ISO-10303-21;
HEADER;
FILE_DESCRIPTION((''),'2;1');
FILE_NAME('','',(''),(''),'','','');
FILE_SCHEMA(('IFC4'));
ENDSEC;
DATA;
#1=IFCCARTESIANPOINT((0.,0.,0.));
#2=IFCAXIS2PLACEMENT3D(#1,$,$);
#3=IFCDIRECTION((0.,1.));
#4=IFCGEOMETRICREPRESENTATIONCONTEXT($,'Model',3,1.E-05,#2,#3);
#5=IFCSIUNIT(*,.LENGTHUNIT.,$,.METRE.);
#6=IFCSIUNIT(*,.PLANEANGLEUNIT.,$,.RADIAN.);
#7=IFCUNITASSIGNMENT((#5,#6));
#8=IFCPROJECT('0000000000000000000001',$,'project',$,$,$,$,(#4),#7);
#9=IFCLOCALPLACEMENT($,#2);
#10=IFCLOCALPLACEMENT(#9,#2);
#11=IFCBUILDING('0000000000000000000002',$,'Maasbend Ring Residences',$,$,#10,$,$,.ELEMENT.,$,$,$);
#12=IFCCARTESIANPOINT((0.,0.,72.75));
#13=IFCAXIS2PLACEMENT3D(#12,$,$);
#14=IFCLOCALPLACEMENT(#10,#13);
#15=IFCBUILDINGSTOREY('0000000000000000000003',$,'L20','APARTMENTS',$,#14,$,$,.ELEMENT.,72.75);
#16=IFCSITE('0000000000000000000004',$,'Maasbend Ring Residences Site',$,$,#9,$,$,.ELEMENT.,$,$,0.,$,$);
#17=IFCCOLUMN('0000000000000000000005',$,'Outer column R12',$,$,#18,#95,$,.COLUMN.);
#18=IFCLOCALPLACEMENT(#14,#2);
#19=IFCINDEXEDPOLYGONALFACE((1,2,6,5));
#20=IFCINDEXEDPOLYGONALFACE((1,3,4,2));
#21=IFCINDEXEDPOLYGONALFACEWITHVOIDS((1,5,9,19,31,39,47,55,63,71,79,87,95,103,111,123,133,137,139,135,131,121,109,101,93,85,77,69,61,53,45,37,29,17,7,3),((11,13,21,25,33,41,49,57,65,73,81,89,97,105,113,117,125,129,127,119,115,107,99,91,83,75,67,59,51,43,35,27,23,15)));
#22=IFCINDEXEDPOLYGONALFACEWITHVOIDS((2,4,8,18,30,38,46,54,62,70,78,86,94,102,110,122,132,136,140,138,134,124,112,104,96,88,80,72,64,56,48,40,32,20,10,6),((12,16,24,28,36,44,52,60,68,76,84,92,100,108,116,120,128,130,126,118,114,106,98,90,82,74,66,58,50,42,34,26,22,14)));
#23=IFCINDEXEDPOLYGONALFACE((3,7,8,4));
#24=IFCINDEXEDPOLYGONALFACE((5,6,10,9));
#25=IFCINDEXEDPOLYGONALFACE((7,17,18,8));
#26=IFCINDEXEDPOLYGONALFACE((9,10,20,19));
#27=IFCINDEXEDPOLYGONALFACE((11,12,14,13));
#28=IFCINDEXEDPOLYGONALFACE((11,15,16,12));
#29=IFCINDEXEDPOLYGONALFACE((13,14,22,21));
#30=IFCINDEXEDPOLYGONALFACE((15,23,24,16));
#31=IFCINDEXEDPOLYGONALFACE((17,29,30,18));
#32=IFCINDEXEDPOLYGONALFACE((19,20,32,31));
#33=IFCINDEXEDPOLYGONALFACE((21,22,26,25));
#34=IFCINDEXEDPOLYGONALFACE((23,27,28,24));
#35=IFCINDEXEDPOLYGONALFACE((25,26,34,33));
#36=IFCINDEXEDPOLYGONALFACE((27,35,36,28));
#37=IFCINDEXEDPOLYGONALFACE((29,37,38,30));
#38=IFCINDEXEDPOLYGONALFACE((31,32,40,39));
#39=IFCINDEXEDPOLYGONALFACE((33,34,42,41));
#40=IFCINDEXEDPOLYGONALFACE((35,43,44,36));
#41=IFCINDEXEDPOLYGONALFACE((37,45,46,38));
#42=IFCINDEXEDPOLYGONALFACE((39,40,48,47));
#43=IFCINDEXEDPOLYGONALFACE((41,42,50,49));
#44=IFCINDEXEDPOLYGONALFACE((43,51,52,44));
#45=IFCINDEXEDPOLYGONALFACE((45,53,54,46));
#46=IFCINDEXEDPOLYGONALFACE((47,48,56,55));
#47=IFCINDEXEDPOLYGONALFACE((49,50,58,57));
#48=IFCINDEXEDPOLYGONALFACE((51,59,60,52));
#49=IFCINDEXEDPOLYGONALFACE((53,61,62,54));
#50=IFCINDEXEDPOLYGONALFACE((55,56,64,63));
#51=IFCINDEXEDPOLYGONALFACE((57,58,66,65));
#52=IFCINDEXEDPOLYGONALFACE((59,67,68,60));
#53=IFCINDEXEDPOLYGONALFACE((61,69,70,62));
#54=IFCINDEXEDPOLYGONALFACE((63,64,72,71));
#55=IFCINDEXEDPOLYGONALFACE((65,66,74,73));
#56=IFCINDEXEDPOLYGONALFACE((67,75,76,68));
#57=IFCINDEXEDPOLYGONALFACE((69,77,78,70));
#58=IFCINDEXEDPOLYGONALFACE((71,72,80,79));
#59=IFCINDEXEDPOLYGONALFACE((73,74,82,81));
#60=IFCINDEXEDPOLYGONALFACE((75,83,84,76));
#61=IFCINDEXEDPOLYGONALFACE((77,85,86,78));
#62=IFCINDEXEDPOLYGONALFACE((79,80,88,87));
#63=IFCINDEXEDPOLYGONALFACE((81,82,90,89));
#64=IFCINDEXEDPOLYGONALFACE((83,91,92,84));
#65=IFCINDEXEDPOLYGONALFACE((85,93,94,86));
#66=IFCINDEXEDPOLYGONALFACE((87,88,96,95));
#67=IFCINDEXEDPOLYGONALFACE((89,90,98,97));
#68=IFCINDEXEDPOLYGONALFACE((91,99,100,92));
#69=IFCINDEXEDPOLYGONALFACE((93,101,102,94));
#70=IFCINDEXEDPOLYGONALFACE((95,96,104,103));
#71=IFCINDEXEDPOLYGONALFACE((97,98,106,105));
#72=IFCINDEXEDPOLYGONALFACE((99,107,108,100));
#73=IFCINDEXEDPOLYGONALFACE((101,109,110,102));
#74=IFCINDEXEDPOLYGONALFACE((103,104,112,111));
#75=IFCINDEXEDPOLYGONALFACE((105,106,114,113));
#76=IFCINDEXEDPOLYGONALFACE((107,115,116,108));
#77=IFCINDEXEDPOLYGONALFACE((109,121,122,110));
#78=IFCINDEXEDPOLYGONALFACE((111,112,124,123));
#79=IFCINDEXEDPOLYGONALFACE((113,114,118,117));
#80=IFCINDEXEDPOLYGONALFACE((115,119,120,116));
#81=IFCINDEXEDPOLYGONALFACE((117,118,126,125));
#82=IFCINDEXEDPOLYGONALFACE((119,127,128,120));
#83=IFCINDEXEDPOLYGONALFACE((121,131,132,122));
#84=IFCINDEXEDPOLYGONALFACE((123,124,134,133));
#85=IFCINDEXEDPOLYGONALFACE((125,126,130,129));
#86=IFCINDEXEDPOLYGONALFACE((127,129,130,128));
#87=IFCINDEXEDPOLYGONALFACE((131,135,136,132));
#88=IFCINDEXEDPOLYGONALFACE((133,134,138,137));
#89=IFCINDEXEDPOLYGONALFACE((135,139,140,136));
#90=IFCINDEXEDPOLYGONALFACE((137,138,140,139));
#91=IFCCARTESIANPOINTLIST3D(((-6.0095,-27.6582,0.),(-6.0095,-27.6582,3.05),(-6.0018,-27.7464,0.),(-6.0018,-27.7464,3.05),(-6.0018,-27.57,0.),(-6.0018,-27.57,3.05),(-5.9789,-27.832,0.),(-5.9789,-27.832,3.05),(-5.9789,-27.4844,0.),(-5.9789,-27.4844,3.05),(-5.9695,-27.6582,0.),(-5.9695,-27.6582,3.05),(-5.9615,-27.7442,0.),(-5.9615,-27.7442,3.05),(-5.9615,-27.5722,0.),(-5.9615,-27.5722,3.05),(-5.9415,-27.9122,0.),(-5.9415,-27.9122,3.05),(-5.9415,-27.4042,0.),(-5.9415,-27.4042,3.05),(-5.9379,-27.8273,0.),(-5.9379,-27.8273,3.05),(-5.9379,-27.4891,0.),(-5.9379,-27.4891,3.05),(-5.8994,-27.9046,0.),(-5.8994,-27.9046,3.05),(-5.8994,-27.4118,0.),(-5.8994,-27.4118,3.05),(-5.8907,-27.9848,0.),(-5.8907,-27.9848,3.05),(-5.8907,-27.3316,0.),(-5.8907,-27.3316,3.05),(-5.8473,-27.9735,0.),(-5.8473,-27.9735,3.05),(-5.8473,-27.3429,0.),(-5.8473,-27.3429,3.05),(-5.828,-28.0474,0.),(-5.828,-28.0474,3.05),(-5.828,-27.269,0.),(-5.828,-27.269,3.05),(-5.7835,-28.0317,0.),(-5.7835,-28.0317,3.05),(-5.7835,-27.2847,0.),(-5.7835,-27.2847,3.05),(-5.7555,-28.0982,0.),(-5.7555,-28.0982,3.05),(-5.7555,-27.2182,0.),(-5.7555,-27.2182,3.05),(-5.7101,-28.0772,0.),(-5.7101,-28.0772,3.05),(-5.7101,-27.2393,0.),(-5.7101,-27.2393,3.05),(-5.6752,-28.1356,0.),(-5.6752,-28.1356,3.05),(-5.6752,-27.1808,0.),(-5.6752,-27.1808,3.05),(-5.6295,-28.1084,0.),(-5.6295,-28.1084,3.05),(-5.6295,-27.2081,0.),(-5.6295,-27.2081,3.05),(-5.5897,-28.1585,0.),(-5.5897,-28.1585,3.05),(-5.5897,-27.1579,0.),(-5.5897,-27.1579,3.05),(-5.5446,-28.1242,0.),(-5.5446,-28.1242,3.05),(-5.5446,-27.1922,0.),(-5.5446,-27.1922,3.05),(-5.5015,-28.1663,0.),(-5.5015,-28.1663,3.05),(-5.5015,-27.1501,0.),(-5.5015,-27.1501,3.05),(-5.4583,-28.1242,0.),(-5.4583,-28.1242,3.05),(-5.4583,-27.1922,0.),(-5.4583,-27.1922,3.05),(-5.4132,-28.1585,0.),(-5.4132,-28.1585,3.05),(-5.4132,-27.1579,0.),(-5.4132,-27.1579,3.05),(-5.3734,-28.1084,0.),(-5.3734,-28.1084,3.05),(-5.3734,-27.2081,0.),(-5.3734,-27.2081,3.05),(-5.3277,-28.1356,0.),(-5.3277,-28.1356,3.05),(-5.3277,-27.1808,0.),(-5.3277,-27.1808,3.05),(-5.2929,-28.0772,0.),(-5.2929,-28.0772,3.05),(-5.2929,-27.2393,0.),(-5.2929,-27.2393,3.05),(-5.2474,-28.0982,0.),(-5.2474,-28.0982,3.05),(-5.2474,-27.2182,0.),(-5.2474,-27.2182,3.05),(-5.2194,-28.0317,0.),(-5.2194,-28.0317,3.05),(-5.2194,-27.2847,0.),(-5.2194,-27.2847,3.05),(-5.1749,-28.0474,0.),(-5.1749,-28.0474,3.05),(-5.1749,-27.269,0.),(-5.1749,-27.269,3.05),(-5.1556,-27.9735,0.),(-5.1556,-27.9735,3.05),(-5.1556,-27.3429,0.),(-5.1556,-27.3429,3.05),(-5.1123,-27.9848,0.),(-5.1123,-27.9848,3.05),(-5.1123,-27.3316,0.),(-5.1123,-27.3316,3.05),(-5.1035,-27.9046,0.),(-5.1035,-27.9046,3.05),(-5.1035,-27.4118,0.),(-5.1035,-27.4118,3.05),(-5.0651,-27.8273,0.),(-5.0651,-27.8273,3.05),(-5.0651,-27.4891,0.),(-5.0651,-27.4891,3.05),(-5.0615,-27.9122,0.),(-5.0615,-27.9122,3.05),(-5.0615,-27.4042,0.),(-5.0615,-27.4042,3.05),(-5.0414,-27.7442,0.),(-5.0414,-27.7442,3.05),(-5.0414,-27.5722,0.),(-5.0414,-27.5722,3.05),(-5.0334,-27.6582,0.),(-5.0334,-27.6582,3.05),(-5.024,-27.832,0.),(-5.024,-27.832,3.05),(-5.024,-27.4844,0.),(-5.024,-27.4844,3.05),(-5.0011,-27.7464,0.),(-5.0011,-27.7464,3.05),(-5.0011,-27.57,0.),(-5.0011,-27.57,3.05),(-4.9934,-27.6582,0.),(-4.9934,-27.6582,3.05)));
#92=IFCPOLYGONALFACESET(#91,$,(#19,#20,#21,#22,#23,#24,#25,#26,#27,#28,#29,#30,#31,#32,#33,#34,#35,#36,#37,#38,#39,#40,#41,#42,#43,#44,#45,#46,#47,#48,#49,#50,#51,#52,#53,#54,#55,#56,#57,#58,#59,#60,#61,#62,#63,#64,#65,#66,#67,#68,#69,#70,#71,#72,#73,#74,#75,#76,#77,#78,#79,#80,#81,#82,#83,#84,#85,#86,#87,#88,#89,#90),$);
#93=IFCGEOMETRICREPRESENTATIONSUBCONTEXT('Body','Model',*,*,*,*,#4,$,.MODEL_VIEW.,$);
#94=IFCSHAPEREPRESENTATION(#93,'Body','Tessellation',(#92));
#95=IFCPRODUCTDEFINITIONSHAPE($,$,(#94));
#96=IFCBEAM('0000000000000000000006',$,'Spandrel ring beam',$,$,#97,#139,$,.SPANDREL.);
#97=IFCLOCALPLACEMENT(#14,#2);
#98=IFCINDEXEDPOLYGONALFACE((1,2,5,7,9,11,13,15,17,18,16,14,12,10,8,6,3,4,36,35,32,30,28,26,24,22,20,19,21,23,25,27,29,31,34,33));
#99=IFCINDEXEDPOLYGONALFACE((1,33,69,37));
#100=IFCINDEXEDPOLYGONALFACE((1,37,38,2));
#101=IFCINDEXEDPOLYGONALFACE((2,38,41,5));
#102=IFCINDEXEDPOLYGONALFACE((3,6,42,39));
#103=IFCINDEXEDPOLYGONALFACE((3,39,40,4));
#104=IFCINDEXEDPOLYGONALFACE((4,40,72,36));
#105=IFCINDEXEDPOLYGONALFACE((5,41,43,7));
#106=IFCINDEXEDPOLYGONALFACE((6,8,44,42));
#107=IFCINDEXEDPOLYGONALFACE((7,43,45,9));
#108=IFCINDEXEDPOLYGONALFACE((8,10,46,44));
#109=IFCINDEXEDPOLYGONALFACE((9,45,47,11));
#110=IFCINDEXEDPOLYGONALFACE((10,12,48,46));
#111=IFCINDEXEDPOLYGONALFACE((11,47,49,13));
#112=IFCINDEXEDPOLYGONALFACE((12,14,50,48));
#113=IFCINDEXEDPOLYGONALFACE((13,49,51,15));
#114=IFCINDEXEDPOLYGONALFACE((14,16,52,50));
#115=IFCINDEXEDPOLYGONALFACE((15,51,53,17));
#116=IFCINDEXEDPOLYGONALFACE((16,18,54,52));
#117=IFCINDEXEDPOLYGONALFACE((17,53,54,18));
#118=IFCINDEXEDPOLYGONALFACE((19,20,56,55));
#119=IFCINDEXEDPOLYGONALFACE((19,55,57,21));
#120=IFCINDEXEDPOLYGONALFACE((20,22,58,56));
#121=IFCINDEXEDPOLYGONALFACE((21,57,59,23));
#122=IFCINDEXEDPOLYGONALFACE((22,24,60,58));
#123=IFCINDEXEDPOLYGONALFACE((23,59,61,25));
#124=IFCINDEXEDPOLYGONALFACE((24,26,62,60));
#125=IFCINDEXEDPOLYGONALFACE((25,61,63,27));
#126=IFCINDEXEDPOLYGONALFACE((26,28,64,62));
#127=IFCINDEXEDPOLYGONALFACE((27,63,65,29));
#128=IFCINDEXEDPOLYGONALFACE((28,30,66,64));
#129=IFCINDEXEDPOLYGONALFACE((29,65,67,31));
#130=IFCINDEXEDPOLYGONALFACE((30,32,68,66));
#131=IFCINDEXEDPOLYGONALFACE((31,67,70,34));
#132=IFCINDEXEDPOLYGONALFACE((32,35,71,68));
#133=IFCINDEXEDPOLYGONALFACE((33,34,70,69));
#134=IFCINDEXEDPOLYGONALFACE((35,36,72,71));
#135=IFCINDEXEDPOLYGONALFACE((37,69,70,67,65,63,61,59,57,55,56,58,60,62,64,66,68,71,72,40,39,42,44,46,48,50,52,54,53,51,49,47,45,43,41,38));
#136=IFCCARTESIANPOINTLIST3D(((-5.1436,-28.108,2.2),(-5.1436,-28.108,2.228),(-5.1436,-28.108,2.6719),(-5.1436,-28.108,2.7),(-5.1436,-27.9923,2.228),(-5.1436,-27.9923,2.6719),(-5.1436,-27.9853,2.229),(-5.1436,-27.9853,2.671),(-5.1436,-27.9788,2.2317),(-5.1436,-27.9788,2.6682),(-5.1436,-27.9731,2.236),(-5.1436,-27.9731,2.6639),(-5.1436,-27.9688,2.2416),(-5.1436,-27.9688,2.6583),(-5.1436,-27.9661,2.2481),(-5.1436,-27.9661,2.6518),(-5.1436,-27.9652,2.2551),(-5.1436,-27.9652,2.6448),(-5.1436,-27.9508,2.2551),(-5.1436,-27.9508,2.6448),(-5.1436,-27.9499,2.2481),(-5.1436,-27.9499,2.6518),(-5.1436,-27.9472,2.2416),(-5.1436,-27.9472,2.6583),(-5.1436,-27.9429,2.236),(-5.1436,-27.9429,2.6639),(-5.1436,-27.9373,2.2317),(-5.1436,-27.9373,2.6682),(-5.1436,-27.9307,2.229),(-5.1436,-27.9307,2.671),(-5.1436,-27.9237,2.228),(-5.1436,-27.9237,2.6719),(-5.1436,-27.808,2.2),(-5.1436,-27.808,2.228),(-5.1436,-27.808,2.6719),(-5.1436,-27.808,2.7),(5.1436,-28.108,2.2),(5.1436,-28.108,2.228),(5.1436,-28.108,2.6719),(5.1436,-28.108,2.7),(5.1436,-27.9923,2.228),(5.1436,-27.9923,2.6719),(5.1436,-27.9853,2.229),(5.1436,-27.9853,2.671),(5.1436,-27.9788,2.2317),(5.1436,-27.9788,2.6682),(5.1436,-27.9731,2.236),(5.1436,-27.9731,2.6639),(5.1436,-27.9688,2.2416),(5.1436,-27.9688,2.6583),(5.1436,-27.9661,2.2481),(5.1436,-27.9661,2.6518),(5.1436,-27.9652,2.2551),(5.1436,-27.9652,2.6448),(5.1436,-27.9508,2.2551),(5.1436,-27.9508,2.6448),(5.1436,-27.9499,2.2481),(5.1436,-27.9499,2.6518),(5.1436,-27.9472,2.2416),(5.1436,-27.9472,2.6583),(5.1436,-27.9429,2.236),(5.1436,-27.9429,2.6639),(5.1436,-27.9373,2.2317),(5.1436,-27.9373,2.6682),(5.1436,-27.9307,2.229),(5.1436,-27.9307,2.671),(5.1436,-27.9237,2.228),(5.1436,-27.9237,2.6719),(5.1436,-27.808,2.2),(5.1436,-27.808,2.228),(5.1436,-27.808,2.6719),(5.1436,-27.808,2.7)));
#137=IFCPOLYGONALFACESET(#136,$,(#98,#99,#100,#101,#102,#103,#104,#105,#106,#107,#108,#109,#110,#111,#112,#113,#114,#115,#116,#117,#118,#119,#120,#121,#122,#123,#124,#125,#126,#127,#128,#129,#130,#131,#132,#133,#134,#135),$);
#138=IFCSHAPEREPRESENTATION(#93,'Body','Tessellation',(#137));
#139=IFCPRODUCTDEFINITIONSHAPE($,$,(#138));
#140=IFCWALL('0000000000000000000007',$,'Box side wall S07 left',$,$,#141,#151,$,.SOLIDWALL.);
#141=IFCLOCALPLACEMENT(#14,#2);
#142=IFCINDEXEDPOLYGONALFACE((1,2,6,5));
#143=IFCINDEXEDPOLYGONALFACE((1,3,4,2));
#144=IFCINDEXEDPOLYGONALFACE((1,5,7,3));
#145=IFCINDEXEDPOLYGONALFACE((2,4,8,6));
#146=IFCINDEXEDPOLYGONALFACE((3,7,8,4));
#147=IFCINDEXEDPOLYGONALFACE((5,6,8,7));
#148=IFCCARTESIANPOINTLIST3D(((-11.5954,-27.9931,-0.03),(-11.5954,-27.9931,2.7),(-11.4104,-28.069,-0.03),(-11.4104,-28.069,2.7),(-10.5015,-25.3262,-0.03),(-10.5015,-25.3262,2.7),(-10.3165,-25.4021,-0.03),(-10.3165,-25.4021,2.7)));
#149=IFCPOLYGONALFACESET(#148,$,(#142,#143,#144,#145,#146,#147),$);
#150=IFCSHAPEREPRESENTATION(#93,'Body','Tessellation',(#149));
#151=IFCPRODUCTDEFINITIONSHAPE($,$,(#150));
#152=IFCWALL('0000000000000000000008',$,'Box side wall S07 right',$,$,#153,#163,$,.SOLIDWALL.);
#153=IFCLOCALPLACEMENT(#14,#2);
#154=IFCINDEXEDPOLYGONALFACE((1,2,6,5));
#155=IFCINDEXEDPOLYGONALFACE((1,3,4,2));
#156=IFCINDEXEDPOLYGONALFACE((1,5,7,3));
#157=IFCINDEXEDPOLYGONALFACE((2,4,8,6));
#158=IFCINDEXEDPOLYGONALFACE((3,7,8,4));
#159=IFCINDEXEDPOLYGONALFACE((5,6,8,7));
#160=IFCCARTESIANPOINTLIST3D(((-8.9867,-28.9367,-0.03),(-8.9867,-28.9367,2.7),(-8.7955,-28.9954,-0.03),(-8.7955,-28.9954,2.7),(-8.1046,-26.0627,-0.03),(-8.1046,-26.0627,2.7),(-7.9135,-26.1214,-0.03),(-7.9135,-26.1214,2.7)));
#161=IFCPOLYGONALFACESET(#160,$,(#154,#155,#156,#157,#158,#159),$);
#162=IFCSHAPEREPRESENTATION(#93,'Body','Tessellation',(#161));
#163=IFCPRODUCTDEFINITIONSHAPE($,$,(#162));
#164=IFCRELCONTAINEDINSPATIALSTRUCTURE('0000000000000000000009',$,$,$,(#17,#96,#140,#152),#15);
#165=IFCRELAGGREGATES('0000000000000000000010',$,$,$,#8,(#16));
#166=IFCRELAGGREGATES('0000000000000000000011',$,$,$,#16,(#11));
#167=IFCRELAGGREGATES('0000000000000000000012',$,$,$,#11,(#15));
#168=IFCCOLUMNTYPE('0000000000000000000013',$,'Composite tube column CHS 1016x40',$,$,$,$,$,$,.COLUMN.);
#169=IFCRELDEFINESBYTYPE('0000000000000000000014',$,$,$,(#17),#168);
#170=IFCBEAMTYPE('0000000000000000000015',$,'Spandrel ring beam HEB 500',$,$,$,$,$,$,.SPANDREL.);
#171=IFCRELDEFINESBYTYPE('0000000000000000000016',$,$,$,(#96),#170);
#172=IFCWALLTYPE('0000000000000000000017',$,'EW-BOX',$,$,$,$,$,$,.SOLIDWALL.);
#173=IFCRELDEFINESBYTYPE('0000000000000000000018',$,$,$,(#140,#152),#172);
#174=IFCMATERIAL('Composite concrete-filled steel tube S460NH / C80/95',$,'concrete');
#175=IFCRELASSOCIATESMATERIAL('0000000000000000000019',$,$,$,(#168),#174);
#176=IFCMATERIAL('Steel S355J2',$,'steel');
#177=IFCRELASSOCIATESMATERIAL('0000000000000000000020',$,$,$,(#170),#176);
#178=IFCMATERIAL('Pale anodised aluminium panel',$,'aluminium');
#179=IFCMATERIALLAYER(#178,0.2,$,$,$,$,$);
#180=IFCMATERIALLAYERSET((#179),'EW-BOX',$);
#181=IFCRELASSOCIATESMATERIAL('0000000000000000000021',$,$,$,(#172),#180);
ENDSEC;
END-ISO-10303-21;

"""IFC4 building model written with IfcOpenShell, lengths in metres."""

from ifc_helpers import new_model, si_unit, direction, frame, frame_2d, origin, origin_2d, place, context, subcontext, project, spatial, rectangle, hollow_circle, i_section, extrude, material, layer, layer_set, material_profile, profile_set, type_object, element, save


model = new_model("IFC4")

# Units and contexts
model_context = context("Model", 3, precision=1e-05, world=origin(), true_north=direction((0.0, 1.0)))
body_context = subcontext(model_context, "Body", "Model", "MODEL_VIEW")
ifc_project = project(units=[si_unit("LENGTHUNIT", "METRE"), si_unit("PLANEANGLEUNIT", "RADIAN")], contexts=[model_context])

# Site, building, storey
site_placement = place(None, origin())
site = spatial("IfcSite", under=ifc_project, at=site_placement, Name="Maasbend Ring Residences Site", CompositionType="ELEMENT", RefElevation=0.0)
building_placement = place(site_placement, origin())
building = spatial("IfcBuilding", under=site, at=building_placement, Name="Maasbend Ring Residences", CompositionType="ELEMENT")
storey_placement = place(building_placement, frame((0.0, 0.0, 72.75)))
storey = spatial("IfcBuildingStorey", under=building, at=storey_placement, Name="L20", Description="APARTMENTS", CompositionType="ELEMENT", Elevation=72.75)

# Column
ifc_material_1 = material(Name="Composite concrete-filled steel tube S460NH / C80/95", Category="concrete")
ifc_material_profile_1 = material_profile(ifc_material_1, hollow_circle(Radius=0.5081, WallThickness=0.04, at=origin_2d()), Name="Composite tube column CHS 1016x40")
ifc_profile_set_1 = profile_set([ifc_material_profile_1], Name="Composite concrete-filled steel tube S460NH / C80/95")
column_type = type_object("IfcColumnType", Name="Composite tube column CHS 1016x40", PredefinedType="COLUMN", material=ifc_profile_set_1)
column_placement = place(storey_placement, frame((-5.5015, -27.6582, 0.0), z_axis=(0.0, 0.0, 1.0), x_axis=(1.0, 0.0, 0.0)))
element("IfcColumn", 1, at=column_placement, inside=storey, type_object=column_type, Name="Outer column R12", PredefinedType="COLUMN", context=body_context, shape_type="SweptSolid", body=[
    extrude(hollow_circle(Radius=0.5081, WallThickness=0.04, at=origin_2d()), origin(), (0.0, 0.0, 1.0), 3.05),
])

# Beam
ifc_material_2 = material(Name="Steel S355J2", Category="steel")
ifc_material_profile_2 = material_profile(ifc_material_2, i_section(OverallWidth=0.3, OverallDepth=0.5, WebThickness=0.0144, FlangeThickness=0.0281, FilletRadius=0.0271, at=origin_2d()), Name="HEB 500")
ifc_profile_set_2 = profile_set([ifc_material_profile_2], Name="Steel S355J2")
beam_type = type_object("IfcBeamType", Name="Spandrel ring beam HEB 500", PredefinedType="SPANDREL", material=ifc_profile_set_2)
beam_placement = place(storey_placement, frame((-5.1436, -27.958, 2.45), z_axis=(1.0, 0.0, 0.0), x_axis=(0.0, 1.0, 0.0)))
element("IfcBeam", 2, at=beam_placement, inside=storey, type_object=beam_type, Name="Spandrel ring beam", PredefinedType="SPANDREL", context=body_context, shape_type="SweptSolid", body=[
    extrude(i_section(OverallWidth=0.3, OverallDepth=0.5, WebThickness=0.0144, FlangeThickness=0.0281, FilletRadius=0.0271, at=origin_2d()), origin(), (0.0, 0.0, 1.0), 10.2871),
])

# Walls
ifc_material_3 = material(Name="Pale anodised aluminium panel", Category="aluminium")
ifc_layer_1 = layer(ifc_material_3, 0.2)
ifc_layer_set_1 = layer_set([ifc_layer_1], Name="EW-BOX")
wall_type_1 = type_object("IfcWallType", Name="EW-BOX", PredefinedType="SOLIDWALL", material=ifc_layer_set_1)
wall_1_placement = place(storey_placement, frame((-10.4089, -25.364, -0.03), z_axis=(0.0, 0.0, 1.0), x_axis=(-0.37951, -0.925188, 0.0)))
element("IfcWall", 3, at=wall_1_placement, inside=storey, type_object=wall_type_1, Name="Box side wall S07 left", PredefinedType="SOLIDWALL", context=body_context, shape_type="SweptSolid", body=[
    extrude(rectangle(XDim=2.8826, YDim=0.2, at=frame_2d((1.4414, 0.0))), origin(), (0.0, 0.0, 1.0), 2.73),
])
wall_2_placement = place(storey_placement, frame((-8.009, -26.092, -0.03), z_axis=(0.0, 0.0, 1.0), x_axis=(-0.293407, -0.955988, 0.0)))
element("IfcWall", 4, at=wall_2_placement, inside=storey, type_object=wall_type_1, Name="Box side wall S07 right", PredefinedType="SOLIDWALL", context=body_context, shape_type="SweptSolid", body=[
    extrude(rectangle(XDim=3.0063, YDim=0.2, at=frame_2d((1.5032, 0.0))), origin(), (0.0, 0.0, 1.0), 2.73),
])

save(model, "model.ifc")
